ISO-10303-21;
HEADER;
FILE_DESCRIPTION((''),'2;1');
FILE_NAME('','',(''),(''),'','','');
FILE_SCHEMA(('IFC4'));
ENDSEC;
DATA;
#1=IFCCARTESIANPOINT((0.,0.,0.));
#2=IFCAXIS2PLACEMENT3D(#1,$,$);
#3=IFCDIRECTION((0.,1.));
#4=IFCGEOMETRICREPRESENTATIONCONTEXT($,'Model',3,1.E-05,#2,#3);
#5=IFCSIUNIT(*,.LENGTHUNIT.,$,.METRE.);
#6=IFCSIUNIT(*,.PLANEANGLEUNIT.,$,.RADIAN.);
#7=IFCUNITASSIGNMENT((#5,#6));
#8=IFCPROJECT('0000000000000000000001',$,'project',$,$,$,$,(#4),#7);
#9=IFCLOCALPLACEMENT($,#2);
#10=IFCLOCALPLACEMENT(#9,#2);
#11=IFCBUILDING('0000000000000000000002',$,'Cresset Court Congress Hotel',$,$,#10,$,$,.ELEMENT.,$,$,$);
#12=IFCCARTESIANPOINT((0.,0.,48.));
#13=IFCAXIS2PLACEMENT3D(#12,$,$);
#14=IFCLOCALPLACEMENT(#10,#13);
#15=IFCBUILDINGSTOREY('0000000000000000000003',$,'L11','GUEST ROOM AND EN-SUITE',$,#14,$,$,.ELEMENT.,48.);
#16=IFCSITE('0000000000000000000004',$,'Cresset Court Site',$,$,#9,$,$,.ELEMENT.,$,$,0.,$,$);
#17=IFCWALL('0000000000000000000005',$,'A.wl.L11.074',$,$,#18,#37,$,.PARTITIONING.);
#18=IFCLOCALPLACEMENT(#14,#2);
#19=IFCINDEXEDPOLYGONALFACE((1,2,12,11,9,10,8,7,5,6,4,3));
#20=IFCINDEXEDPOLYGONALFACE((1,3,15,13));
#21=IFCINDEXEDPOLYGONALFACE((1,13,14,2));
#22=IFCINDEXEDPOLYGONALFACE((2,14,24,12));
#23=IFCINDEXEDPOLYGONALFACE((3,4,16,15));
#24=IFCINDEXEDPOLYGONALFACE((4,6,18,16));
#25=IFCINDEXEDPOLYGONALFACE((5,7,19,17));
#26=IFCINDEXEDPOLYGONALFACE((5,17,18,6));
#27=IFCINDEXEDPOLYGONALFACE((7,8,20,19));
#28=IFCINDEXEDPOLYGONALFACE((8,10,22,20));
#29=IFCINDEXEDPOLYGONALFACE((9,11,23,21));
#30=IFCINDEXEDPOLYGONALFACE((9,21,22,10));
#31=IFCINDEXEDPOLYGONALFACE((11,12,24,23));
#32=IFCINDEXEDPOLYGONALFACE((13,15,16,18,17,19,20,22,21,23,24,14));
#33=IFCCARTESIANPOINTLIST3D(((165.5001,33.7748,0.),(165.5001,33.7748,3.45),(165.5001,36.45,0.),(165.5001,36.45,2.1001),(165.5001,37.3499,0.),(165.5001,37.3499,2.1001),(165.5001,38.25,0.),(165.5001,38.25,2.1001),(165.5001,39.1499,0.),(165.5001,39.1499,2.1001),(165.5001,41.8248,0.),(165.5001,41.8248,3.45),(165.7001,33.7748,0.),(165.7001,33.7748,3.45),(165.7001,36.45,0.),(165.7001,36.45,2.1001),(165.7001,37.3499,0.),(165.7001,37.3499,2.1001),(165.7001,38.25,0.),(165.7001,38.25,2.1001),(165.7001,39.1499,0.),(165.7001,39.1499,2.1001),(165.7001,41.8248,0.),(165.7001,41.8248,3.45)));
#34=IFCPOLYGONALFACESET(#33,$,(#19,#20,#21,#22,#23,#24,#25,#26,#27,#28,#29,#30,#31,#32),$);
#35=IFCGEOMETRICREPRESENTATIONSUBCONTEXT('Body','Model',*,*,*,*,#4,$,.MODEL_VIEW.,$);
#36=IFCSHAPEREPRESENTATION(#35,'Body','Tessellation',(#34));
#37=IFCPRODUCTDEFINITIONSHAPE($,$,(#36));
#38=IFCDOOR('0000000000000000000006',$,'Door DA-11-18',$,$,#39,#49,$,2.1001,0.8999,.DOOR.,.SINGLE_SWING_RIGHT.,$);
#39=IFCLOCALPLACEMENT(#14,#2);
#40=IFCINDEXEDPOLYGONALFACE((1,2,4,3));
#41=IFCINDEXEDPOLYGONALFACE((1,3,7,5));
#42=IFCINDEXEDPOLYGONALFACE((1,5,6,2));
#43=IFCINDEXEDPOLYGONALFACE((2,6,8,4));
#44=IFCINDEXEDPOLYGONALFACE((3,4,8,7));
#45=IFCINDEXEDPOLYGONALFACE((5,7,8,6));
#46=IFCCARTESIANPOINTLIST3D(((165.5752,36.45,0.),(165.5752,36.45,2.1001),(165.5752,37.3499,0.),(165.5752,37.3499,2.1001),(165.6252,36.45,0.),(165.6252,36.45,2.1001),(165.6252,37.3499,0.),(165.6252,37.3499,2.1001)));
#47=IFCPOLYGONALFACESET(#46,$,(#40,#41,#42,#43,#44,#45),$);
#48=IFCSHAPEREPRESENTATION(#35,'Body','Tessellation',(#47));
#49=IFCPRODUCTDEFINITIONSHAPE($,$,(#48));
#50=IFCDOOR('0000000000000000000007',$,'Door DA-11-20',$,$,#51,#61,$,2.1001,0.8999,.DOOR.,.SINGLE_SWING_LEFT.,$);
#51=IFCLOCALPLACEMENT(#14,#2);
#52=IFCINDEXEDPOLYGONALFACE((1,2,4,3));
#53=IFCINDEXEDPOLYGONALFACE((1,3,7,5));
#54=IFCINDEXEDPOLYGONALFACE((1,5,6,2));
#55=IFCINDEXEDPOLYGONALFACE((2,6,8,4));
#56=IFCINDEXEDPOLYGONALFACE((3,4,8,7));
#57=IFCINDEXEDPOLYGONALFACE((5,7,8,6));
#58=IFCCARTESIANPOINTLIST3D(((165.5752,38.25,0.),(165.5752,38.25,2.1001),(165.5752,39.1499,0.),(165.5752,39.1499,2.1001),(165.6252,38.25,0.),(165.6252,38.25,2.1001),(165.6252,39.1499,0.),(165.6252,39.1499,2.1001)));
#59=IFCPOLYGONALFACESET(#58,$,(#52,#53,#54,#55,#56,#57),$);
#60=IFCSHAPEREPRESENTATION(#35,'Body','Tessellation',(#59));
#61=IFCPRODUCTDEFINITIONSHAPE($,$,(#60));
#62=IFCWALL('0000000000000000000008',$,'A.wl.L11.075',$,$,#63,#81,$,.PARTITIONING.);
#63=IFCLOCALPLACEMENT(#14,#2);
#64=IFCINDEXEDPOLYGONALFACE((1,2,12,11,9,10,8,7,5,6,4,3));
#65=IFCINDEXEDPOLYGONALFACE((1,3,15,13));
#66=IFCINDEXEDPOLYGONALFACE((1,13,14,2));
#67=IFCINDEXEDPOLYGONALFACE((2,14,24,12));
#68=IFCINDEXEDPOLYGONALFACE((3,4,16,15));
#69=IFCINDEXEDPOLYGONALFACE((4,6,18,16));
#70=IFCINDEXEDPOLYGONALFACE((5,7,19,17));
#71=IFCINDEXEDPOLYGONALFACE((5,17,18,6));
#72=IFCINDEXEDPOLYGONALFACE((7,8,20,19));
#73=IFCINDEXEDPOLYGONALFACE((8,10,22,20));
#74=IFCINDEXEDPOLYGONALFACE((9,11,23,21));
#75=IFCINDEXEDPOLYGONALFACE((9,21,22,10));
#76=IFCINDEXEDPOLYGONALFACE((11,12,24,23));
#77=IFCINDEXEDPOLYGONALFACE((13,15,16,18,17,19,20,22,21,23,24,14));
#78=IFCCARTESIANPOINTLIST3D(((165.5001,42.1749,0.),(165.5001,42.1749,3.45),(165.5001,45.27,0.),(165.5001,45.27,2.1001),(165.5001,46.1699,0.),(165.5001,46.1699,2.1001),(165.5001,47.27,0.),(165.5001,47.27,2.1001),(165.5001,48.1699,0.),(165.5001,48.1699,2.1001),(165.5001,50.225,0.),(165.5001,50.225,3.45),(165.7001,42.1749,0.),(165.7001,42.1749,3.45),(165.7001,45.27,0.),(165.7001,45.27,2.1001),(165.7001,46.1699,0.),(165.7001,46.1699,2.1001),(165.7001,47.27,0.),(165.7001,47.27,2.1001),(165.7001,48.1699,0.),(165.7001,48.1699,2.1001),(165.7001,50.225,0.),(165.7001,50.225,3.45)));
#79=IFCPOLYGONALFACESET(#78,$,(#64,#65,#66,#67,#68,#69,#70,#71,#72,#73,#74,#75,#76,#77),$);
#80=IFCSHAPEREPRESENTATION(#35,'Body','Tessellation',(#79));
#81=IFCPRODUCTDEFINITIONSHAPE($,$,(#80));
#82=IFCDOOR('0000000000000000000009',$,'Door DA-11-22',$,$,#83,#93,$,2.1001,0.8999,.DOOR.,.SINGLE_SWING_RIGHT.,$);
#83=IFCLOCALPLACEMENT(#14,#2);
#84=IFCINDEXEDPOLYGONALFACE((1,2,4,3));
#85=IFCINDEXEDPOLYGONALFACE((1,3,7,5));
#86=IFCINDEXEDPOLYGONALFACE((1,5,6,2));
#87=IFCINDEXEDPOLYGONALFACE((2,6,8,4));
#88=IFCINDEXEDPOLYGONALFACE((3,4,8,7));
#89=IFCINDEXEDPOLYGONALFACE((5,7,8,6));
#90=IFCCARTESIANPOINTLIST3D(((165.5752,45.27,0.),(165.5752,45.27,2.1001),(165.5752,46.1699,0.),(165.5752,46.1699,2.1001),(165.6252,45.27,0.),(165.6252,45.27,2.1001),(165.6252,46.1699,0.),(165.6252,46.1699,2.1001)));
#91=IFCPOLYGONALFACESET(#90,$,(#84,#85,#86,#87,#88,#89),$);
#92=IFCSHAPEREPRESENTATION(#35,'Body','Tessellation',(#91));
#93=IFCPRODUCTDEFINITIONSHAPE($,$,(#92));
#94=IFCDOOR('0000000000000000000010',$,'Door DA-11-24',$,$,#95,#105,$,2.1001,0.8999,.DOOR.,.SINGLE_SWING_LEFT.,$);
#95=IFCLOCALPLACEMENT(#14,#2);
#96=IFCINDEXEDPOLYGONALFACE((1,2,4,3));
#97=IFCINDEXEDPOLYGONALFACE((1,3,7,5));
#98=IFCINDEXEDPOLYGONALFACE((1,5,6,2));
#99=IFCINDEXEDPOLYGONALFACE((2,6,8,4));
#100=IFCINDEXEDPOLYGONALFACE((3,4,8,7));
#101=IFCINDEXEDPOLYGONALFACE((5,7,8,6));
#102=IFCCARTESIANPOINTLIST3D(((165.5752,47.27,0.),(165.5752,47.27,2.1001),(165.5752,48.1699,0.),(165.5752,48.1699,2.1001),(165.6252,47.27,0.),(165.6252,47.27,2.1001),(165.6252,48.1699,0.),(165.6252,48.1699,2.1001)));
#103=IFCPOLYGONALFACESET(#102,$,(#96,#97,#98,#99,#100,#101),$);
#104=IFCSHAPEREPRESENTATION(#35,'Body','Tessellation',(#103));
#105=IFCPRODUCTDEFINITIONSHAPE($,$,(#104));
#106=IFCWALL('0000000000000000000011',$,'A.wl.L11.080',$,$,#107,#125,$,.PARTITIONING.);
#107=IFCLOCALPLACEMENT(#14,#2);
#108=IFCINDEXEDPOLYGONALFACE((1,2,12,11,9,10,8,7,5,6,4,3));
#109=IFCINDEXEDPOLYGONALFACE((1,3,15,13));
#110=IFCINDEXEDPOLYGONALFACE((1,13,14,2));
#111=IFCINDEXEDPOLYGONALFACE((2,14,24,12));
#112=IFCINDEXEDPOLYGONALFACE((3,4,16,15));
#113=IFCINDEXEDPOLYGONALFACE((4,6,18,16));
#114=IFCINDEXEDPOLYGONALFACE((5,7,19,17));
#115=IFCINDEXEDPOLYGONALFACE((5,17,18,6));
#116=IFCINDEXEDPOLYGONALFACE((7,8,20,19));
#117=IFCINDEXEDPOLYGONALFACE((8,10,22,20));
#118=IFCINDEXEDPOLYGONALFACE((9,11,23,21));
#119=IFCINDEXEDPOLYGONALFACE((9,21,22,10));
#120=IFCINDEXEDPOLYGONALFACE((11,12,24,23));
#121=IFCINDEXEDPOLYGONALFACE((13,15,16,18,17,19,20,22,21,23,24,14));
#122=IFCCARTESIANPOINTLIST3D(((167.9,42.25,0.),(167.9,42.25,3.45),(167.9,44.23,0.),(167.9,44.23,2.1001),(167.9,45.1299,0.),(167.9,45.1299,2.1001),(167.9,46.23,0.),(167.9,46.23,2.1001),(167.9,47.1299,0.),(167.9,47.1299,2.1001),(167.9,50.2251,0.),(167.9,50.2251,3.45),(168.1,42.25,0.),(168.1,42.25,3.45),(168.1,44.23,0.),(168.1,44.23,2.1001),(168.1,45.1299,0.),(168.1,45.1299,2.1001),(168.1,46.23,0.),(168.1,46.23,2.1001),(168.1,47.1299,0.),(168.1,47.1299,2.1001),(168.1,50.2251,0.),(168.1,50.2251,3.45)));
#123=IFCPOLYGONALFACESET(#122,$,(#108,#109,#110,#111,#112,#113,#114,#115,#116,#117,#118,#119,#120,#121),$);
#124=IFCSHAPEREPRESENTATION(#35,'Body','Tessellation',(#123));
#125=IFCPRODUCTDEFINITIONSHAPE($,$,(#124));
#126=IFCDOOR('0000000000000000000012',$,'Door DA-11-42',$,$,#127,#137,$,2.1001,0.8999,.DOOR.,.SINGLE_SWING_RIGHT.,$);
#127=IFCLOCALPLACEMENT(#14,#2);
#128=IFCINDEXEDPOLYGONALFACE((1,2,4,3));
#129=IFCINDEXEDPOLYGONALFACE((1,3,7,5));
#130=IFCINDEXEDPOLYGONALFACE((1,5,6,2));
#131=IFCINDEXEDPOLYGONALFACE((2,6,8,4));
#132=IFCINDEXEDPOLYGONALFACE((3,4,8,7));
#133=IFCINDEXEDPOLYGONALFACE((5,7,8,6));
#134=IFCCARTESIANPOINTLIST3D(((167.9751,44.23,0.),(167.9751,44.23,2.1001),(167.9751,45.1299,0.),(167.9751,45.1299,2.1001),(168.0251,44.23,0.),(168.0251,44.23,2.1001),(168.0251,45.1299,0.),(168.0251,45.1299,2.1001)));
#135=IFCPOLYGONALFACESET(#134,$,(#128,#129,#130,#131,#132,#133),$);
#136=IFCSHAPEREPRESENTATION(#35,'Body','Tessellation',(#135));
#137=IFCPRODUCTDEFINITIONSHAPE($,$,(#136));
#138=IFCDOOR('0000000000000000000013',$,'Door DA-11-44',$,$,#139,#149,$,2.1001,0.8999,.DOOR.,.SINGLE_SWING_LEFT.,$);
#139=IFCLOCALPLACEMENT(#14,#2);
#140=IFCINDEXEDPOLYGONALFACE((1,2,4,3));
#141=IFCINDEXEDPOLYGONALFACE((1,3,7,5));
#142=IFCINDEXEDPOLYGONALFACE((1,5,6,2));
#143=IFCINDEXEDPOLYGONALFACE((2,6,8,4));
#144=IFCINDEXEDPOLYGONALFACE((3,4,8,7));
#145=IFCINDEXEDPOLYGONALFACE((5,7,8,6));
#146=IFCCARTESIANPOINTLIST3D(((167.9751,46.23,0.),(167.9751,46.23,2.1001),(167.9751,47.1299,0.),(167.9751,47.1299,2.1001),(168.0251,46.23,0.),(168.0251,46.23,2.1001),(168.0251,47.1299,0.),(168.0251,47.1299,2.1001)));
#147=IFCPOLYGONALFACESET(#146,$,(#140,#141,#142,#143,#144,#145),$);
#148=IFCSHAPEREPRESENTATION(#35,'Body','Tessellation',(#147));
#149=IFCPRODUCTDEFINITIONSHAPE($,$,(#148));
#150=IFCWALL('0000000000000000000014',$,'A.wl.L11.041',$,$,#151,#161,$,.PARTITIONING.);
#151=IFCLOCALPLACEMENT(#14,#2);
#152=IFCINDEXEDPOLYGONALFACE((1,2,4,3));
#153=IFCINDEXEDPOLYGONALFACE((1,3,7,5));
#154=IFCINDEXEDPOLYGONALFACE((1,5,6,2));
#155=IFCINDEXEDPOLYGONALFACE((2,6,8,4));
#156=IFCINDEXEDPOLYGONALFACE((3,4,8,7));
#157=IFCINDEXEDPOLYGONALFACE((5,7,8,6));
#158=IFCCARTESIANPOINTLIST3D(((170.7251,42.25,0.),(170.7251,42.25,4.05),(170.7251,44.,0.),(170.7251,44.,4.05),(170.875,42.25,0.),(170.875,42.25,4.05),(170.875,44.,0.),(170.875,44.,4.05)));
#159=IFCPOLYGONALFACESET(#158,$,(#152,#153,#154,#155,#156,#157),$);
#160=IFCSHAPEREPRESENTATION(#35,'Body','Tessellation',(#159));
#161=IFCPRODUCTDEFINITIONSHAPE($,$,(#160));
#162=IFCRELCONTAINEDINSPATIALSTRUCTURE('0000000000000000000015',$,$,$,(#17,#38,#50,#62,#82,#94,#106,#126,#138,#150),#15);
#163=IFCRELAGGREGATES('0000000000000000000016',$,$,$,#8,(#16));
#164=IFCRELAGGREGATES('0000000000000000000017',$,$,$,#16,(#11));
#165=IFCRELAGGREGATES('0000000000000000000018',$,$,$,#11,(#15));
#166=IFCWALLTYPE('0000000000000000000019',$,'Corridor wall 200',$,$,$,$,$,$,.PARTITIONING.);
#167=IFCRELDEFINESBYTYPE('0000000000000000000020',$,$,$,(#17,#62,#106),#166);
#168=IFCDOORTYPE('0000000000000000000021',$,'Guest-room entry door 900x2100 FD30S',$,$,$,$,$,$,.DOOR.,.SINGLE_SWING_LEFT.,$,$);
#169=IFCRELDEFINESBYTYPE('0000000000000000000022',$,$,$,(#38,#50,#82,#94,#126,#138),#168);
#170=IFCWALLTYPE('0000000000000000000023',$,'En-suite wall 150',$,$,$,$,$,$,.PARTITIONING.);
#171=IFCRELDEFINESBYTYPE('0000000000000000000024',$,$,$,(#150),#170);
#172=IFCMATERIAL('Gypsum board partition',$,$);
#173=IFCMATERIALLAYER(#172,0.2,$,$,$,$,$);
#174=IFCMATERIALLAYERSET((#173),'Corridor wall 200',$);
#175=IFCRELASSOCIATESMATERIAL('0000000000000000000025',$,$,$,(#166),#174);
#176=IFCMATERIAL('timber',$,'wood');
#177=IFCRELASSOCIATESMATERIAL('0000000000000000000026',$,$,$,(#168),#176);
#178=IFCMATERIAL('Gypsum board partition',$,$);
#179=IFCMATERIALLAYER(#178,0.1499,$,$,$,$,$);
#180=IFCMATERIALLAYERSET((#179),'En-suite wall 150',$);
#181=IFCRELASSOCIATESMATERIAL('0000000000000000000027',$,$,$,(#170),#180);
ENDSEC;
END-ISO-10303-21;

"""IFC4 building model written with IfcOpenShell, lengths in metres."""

from ifc_helpers import new_model, si_unit, direction, frame, frame_2d, origin, place, context, subcontext, project, spatial, rectangle, extrude, material, layer, layer_set, type_object, element, fill, save


model = new_model("IFC4")

# Units and contexts
model_context = context("Model", 3, precision=1e-05, world=origin(), true_north=direction((0.0, 1.0)))
body_context = subcontext(model_context, "Body", "Model", "MODEL_VIEW")
ifc_project = project(units=[si_unit("LENGTHUNIT", "METRE"), si_unit("PLANEANGLEUNIT", "RADIAN")], contexts=[model_context])

# Site, building, storey
site_placement = place(None, origin())
site = spatial("IfcSite", under=ifc_project, at=site_placement, Name="Cresset Court Site", CompositionType="ELEMENT", RefElevation=0.0)
building_placement = place(site_placement, origin())
building = spatial("IfcBuilding", under=site, at=building_placement, Name="Cresset Court Congress Hotel", CompositionType="ELEMENT")
storey_placement = place(building_placement, frame((0.0, 0.0, 48.0)))
storey = spatial("IfcBuildingStorey", under=building, at=storey_placement, Name="L11", Description="GUEST ROOM AND EN-SUITE", CompositionType="ELEMENT", Elevation=48.0)

# Walls, openings, doors
ifc_material_1 = material(Name="Gypsum board partition")
ifc_layer_1 = layer(ifc_material_1, 0.2)
ifc_layer_set_1 = layer_set([ifc_layer_1], Name="Corridor wall 200")
wall_type_1 = type_object("IfcWallType", Name="Corridor wall 200", PredefinedType="PARTITIONING", material=ifc_layer_set_1)
wall_1_placement = place(storey_placement, frame((165.6001, 33.7749, 0.0), z_axis=(0.0, 0.0, 1.0), x_axis=(0.0, 1.0, 0.0)))
wall_1 = element("IfcWall", 1, at=wall_1_placement, inside=storey, type_object=wall_type_1, Name="A.wl.L11.074", PredefinedType="PARTITIONING", context=body_context, shape_type="SweptSolid", body=[
    extrude(rectangle(XDim=8.05, YDim=0.2, at=frame_2d((4.0249, 0.0))), origin(), (0.0, 0.0, 1.0), 3.45),
])
opening_1_placement = place(wall_1_placement, frame((2.675, 0.0, 0.0)))
opening_1 = element("IfcOpeningElement", 2, at=opening_1_placement, cuts=wall_1, PredefinedType="OPENING", context=body_context, shape_type="SweptSolid", body=[
    extrude(rectangle(XDim=0.8999, YDim=2.1001, at=frame_2d((0.45, 1.05))), frame((0.0, 0.1099, 0.0), z_axis=(0.0, -1.0, 0.0), x_axis=(1.0, 0.0, 0.0)), (0.0, 0.0, 1.0), 0.22),
])
opening_2_placement = place(wall_1_placement, frame((4.4751, 0.0, 0.0)))
opening_2 = element("IfcOpeningElement", 3, at=opening_2_placement, cuts=wall_1, PredefinedType="OPENING", context=body_context, shape_type="SweptSolid", body=[
    extrude(rectangle(XDim=0.8999, YDim=2.1001, at=frame_2d((0.45, 1.05))), frame((0.0, 0.1099, 0.0), z_axis=(0.0, -1.0, 0.0), x_axis=(1.0, 0.0, 0.0)), (0.0, 0.0, 1.0), 0.22),
])
ifc_material_2 = material(Name="timber", Category="wood")
door_type = type_object("IfcDoorType", Name="Guest-room entry door 900x2100 FD30S", OperationType="SINGLE_SWING_LEFT", PredefinedType="DOOR", material=ifc_material_2)
door_1_placement = place(opening_1_placement, origin())
door_1 = element("IfcDoor", 4, at=door_1_placement, inside=storey, type_object=door_type, Name="Door DA-11-18", OperationType="SINGLE_SWING_RIGHT", OverallHeight=2.1001, OverallWidth=0.8999, PredefinedType="DOOR", context=body_context, shape_type="SweptSolid", body=[
    extrude(rectangle(XDim=0.8999, YDim=2.1001, at=frame_2d((0.45, 1.05))), frame((0.0, 0.0249, 0.0), z_axis=(0.0, -1.0, 0.0), x_axis=(1.0, 0.0, 0.0)), (0.0, 0.0, 1.0), 0.05),
])
fill(opening_1, door_1)
door_2_placement = place(opening_2_placement, origin())
door_2 = element("IfcDoor", 5, at=door_2_placement, inside=storey, type_object=door_type, Name="Door DA-11-20", OperationType="SINGLE_SWING_LEFT", OverallHeight=2.1001, OverallWidth=0.8999, PredefinedType="DOOR", context=body_context, shape_type="SweptSolid", body=[
    extrude(rectangle(XDim=0.8999, YDim=2.1001, at=frame_2d((0.45, 1.05))), frame((0.0, 0.0249, 0.0), z_axis=(0.0, -1.0, 0.0), x_axis=(1.0, 0.0, 0.0)), (0.0, 0.0, 1.0), 0.05),
])
fill(opening_2, door_2)
wall_2_placement = place(storey_placement, frame((165.6001, 42.175, 0.0), z_axis=(0.0, 0.0, 1.0), x_axis=(0.0, 1.0, 0.0)))
wall_2 = element("IfcWall", 6, at=wall_2_placement, inside=storey, type_object=wall_type_1, Name="A.wl.L11.075", PredefinedType="PARTITIONING", context=body_context, shape_type="SweptSolid", body=[
    extrude(rectangle(XDim=8.05, YDim=0.2, at=frame_2d((4.0249, 0.0))), origin(), (0.0, 0.0, 1.0), 3.45),
])
opening_3_placement = place(wall_2_placement, frame((3.095, 0.0, 0.0)))
opening_3 = element("IfcOpeningElement", 7, at=opening_3_placement, cuts=wall_2, PredefinedType="OPENING", context=body_context, shape_type="SweptSolid", body=[
    extrude(rectangle(XDim=0.8999, YDim=2.1001, at=frame_2d((0.45, 1.05))), frame((0.0, 0.1099, 0.0), z_axis=(0.0, -1.0, 0.0), x_axis=(1.0, 0.0, 0.0)), (0.0, 0.0, 1.0), 0.22),
])
opening_4_placement = place(wall_2_placement, frame((5.095, 0.0, 0.0)))
opening_4 = element("IfcOpeningElement", 8, at=opening_4_placement, cuts=wall_2, PredefinedType="OPENING", context=body_context, shape_type="SweptSolid", body=[
    extrude(rectangle(XDim=0.8999, YDim=2.1001, at=frame_2d((0.45, 1.05))), frame((0.0, 0.1099, 0.0), z_axis=(0.0, -1.0, 0.0), x_axis=(1.0, 0.0, 0.0)), (0.0, 0.0, 1.0), 0.22),
])
door_3_placement = place(opening_3_placement, origin())
door_3 = element("IfcDoor", 9, at=door_3_placement, inside=storey, type_object=door_type, Name="Door DA-11-22", OperationType="SINGLE_SWING_RIGHT", OverallHeight=2.1001, OverallWidth=0.8999, PredefinedType="DOOR", context=body_context, shape_type="SweptSolid", body=[
    extrude(rectangle(XDim=0.8999, YDim=2.1001, at=frame_2d((0.45, 1.05))), frame((0.0, 0.0249, 0.0), z_axis=(0.0, -1.0, 0.0), x_axis=(1.0, 0.0, 0.0)), (0.0, 0.0, 1.0), 0.05),
])
fill(opening_3, door_3)
door_4_placement = place(opening_4_placement, origin())
door_4 = element("IfcDoor", 10, at=door_4_placement, inside=storey, type_object=door_type, Name="Door DA-11-24", OperationType="SINGLE_SWING_LEFT", OverallHeight=2.1001, OverallWidth=0.8999, PredefinedType="DOOR", context=body_context, shape_type="SweptSolid", body=[
    extrude(rectangle(XDim=0.8999, YDim=2.1001, at=frame_2d((0.45, 1.05))), frame((0.0, 0.0249, 0.0), z_axis=(0.0, -1.0, 0.0), x_axis=(1.0, 0.0, 0.0)), (0.0, 0.0, 1.0), 0.05),
])
fill(opening_4, door_4)
wall_3_placement = place(storey_placement, frame((168.0, 42.25, 0.0), z_axis=(0.0, 0.0, 1.0), x_axis=(0.0, 1.0, 0.0)))
wall_3 = element("IfcWall", 11, at=wall_3_placement, inside=storey, type_object=wall_type_1, Name="A.wl.L11.080", PredefinedType="PARTITIONING", context=body_context, shape_type="SweptSolid", body=[
    extrude(rectangle(XDim=7.9751, YDim=0.2, at=frame_2d((3.9875, 0.0))), origin(), (0.0, 0.0, 1.0), 3.45),
])
opening_5_placement = place(wall_3_placement, frame((1.98, 0.0, 0.0)))
opening_5 = element("IfcOpeningElement", 12, at=opening_5_placement, cuts=wall_3, PredefinedType="OPENING", context=body_context, shape_type="SweptSolid", body=[
    extrude(rectangle(XDim=0.8999, YDim=2.1001, at=frame_2d((0.45, 1.05))), frame((0.0, 0.1099, 0.0), z_axis=(0.0, -1.0, 0.0), x_axis=(1.0, 0.0, 0.0)), (0.0, 0.0, 1.0), 0.22),
])
opening_6_placement = place(wall_3_placement, frame((3.98, 0.0, 0.0)))
opening_6 = element("IfcOpeningElement", 13, at=opening_6_placement, cuts=wall_3, PredefinedType="OPENING", context=body_context, shape_type="SweptSolid", body=[
    extrude(rectangle(XDim=0.8999, YDim=2.1001, at=frame_2d((0.45, 1.05))), frame((0.0, 0.1099, 0.0), z_axis=(0.0, -1.0, 0.0), x_axis=(1.0, 0.0, 0.0)), (0.0, 0.0, 1.0), 0.22),
])
door_5_placement = place(opening_5_placement, origin())
door_5 = element("IfcDoor", 14, at=door_5_placement, inside=storey, type_object=door_type, Name="Door DA-11-42", OperationType="SINGLE_SWING_RIGHT", OverallHeight=2.1001, OverallWidth=0.8999, PredefinedType="DOOR", context=body_context, shape_type="SweptSolid", body=[
    extrude(rectangle(XDim=0.8999, YDim=2.1001, at=frame_2d((0.45, 1.05))), frame((0.0, 0.0249, 0.0), z_axis=(0.0, -1.0, 0.0), x_axis=(1.0, 0.0, 0.0)), (0.0, 0.0, 1.0), 0.05),
])
fill(opening_5, door_5)
door_6_placement = place(opening_6_placement, origin())
door_6 = element("IfcDoor", 15, at=door_6_placement, inside=storey, type_object=door_type, Name="Door DA-11-44", OperationType="SINGLE_SWING_LEFT", OverallHeight=2.1001, OverallWidth=0.8999, PredefinedType="DOOR", context=body_context, shape_type="SweptSolid", body=[
    extrude(rectangle(XDim=0.8999, YDim=2.1001, at=frame_2d((0.45, 1.05))), frame((0.0, 0.0249, 0.0), z_axis=(0.0, -1.0, 0.0), x_axis=(1.0, 0.0, 0.0)), (0.0, 0.0, 1.0), 0.05),
])
fill(opening_6, door_6)

# Wall
ifc_material_3 = material(Name="Gypsum board partition")
ifc_layer_2 = layer(ifc_material_3, 0.1499)
ifc_layer_set_2 = layer_set([ifc_layer_2], Name="En-suite wall 150")
wall_type_2 = type_object("IfcWallType", Name="En-suite wall 150", PredefinedType="PARTITIONING", material=ifc_layer_set_2)
wall_4_placement = place(storey_placement, frame((170.8, 42.25, 0.0), z_axis=(0.0, 0.0, 1.0), x_axis=(0.0, 1.0, 0.0)))
element("IfcWall", 16, at=wall_4_placement, inside=storey, type_object=wall_type_2, Name="A.wl.L11.041", PredefinedType="PARTITIONING", context=body_context, shape_type="SweptSolid", body=[
    extrude(rectangle(XDim=1.75, YDim=0.1499, at=frame_2d((0.875, 0.0))), origin(), (0.0, 0.0, 1.0), 4.05),
])

save(model, "model.ifc")
